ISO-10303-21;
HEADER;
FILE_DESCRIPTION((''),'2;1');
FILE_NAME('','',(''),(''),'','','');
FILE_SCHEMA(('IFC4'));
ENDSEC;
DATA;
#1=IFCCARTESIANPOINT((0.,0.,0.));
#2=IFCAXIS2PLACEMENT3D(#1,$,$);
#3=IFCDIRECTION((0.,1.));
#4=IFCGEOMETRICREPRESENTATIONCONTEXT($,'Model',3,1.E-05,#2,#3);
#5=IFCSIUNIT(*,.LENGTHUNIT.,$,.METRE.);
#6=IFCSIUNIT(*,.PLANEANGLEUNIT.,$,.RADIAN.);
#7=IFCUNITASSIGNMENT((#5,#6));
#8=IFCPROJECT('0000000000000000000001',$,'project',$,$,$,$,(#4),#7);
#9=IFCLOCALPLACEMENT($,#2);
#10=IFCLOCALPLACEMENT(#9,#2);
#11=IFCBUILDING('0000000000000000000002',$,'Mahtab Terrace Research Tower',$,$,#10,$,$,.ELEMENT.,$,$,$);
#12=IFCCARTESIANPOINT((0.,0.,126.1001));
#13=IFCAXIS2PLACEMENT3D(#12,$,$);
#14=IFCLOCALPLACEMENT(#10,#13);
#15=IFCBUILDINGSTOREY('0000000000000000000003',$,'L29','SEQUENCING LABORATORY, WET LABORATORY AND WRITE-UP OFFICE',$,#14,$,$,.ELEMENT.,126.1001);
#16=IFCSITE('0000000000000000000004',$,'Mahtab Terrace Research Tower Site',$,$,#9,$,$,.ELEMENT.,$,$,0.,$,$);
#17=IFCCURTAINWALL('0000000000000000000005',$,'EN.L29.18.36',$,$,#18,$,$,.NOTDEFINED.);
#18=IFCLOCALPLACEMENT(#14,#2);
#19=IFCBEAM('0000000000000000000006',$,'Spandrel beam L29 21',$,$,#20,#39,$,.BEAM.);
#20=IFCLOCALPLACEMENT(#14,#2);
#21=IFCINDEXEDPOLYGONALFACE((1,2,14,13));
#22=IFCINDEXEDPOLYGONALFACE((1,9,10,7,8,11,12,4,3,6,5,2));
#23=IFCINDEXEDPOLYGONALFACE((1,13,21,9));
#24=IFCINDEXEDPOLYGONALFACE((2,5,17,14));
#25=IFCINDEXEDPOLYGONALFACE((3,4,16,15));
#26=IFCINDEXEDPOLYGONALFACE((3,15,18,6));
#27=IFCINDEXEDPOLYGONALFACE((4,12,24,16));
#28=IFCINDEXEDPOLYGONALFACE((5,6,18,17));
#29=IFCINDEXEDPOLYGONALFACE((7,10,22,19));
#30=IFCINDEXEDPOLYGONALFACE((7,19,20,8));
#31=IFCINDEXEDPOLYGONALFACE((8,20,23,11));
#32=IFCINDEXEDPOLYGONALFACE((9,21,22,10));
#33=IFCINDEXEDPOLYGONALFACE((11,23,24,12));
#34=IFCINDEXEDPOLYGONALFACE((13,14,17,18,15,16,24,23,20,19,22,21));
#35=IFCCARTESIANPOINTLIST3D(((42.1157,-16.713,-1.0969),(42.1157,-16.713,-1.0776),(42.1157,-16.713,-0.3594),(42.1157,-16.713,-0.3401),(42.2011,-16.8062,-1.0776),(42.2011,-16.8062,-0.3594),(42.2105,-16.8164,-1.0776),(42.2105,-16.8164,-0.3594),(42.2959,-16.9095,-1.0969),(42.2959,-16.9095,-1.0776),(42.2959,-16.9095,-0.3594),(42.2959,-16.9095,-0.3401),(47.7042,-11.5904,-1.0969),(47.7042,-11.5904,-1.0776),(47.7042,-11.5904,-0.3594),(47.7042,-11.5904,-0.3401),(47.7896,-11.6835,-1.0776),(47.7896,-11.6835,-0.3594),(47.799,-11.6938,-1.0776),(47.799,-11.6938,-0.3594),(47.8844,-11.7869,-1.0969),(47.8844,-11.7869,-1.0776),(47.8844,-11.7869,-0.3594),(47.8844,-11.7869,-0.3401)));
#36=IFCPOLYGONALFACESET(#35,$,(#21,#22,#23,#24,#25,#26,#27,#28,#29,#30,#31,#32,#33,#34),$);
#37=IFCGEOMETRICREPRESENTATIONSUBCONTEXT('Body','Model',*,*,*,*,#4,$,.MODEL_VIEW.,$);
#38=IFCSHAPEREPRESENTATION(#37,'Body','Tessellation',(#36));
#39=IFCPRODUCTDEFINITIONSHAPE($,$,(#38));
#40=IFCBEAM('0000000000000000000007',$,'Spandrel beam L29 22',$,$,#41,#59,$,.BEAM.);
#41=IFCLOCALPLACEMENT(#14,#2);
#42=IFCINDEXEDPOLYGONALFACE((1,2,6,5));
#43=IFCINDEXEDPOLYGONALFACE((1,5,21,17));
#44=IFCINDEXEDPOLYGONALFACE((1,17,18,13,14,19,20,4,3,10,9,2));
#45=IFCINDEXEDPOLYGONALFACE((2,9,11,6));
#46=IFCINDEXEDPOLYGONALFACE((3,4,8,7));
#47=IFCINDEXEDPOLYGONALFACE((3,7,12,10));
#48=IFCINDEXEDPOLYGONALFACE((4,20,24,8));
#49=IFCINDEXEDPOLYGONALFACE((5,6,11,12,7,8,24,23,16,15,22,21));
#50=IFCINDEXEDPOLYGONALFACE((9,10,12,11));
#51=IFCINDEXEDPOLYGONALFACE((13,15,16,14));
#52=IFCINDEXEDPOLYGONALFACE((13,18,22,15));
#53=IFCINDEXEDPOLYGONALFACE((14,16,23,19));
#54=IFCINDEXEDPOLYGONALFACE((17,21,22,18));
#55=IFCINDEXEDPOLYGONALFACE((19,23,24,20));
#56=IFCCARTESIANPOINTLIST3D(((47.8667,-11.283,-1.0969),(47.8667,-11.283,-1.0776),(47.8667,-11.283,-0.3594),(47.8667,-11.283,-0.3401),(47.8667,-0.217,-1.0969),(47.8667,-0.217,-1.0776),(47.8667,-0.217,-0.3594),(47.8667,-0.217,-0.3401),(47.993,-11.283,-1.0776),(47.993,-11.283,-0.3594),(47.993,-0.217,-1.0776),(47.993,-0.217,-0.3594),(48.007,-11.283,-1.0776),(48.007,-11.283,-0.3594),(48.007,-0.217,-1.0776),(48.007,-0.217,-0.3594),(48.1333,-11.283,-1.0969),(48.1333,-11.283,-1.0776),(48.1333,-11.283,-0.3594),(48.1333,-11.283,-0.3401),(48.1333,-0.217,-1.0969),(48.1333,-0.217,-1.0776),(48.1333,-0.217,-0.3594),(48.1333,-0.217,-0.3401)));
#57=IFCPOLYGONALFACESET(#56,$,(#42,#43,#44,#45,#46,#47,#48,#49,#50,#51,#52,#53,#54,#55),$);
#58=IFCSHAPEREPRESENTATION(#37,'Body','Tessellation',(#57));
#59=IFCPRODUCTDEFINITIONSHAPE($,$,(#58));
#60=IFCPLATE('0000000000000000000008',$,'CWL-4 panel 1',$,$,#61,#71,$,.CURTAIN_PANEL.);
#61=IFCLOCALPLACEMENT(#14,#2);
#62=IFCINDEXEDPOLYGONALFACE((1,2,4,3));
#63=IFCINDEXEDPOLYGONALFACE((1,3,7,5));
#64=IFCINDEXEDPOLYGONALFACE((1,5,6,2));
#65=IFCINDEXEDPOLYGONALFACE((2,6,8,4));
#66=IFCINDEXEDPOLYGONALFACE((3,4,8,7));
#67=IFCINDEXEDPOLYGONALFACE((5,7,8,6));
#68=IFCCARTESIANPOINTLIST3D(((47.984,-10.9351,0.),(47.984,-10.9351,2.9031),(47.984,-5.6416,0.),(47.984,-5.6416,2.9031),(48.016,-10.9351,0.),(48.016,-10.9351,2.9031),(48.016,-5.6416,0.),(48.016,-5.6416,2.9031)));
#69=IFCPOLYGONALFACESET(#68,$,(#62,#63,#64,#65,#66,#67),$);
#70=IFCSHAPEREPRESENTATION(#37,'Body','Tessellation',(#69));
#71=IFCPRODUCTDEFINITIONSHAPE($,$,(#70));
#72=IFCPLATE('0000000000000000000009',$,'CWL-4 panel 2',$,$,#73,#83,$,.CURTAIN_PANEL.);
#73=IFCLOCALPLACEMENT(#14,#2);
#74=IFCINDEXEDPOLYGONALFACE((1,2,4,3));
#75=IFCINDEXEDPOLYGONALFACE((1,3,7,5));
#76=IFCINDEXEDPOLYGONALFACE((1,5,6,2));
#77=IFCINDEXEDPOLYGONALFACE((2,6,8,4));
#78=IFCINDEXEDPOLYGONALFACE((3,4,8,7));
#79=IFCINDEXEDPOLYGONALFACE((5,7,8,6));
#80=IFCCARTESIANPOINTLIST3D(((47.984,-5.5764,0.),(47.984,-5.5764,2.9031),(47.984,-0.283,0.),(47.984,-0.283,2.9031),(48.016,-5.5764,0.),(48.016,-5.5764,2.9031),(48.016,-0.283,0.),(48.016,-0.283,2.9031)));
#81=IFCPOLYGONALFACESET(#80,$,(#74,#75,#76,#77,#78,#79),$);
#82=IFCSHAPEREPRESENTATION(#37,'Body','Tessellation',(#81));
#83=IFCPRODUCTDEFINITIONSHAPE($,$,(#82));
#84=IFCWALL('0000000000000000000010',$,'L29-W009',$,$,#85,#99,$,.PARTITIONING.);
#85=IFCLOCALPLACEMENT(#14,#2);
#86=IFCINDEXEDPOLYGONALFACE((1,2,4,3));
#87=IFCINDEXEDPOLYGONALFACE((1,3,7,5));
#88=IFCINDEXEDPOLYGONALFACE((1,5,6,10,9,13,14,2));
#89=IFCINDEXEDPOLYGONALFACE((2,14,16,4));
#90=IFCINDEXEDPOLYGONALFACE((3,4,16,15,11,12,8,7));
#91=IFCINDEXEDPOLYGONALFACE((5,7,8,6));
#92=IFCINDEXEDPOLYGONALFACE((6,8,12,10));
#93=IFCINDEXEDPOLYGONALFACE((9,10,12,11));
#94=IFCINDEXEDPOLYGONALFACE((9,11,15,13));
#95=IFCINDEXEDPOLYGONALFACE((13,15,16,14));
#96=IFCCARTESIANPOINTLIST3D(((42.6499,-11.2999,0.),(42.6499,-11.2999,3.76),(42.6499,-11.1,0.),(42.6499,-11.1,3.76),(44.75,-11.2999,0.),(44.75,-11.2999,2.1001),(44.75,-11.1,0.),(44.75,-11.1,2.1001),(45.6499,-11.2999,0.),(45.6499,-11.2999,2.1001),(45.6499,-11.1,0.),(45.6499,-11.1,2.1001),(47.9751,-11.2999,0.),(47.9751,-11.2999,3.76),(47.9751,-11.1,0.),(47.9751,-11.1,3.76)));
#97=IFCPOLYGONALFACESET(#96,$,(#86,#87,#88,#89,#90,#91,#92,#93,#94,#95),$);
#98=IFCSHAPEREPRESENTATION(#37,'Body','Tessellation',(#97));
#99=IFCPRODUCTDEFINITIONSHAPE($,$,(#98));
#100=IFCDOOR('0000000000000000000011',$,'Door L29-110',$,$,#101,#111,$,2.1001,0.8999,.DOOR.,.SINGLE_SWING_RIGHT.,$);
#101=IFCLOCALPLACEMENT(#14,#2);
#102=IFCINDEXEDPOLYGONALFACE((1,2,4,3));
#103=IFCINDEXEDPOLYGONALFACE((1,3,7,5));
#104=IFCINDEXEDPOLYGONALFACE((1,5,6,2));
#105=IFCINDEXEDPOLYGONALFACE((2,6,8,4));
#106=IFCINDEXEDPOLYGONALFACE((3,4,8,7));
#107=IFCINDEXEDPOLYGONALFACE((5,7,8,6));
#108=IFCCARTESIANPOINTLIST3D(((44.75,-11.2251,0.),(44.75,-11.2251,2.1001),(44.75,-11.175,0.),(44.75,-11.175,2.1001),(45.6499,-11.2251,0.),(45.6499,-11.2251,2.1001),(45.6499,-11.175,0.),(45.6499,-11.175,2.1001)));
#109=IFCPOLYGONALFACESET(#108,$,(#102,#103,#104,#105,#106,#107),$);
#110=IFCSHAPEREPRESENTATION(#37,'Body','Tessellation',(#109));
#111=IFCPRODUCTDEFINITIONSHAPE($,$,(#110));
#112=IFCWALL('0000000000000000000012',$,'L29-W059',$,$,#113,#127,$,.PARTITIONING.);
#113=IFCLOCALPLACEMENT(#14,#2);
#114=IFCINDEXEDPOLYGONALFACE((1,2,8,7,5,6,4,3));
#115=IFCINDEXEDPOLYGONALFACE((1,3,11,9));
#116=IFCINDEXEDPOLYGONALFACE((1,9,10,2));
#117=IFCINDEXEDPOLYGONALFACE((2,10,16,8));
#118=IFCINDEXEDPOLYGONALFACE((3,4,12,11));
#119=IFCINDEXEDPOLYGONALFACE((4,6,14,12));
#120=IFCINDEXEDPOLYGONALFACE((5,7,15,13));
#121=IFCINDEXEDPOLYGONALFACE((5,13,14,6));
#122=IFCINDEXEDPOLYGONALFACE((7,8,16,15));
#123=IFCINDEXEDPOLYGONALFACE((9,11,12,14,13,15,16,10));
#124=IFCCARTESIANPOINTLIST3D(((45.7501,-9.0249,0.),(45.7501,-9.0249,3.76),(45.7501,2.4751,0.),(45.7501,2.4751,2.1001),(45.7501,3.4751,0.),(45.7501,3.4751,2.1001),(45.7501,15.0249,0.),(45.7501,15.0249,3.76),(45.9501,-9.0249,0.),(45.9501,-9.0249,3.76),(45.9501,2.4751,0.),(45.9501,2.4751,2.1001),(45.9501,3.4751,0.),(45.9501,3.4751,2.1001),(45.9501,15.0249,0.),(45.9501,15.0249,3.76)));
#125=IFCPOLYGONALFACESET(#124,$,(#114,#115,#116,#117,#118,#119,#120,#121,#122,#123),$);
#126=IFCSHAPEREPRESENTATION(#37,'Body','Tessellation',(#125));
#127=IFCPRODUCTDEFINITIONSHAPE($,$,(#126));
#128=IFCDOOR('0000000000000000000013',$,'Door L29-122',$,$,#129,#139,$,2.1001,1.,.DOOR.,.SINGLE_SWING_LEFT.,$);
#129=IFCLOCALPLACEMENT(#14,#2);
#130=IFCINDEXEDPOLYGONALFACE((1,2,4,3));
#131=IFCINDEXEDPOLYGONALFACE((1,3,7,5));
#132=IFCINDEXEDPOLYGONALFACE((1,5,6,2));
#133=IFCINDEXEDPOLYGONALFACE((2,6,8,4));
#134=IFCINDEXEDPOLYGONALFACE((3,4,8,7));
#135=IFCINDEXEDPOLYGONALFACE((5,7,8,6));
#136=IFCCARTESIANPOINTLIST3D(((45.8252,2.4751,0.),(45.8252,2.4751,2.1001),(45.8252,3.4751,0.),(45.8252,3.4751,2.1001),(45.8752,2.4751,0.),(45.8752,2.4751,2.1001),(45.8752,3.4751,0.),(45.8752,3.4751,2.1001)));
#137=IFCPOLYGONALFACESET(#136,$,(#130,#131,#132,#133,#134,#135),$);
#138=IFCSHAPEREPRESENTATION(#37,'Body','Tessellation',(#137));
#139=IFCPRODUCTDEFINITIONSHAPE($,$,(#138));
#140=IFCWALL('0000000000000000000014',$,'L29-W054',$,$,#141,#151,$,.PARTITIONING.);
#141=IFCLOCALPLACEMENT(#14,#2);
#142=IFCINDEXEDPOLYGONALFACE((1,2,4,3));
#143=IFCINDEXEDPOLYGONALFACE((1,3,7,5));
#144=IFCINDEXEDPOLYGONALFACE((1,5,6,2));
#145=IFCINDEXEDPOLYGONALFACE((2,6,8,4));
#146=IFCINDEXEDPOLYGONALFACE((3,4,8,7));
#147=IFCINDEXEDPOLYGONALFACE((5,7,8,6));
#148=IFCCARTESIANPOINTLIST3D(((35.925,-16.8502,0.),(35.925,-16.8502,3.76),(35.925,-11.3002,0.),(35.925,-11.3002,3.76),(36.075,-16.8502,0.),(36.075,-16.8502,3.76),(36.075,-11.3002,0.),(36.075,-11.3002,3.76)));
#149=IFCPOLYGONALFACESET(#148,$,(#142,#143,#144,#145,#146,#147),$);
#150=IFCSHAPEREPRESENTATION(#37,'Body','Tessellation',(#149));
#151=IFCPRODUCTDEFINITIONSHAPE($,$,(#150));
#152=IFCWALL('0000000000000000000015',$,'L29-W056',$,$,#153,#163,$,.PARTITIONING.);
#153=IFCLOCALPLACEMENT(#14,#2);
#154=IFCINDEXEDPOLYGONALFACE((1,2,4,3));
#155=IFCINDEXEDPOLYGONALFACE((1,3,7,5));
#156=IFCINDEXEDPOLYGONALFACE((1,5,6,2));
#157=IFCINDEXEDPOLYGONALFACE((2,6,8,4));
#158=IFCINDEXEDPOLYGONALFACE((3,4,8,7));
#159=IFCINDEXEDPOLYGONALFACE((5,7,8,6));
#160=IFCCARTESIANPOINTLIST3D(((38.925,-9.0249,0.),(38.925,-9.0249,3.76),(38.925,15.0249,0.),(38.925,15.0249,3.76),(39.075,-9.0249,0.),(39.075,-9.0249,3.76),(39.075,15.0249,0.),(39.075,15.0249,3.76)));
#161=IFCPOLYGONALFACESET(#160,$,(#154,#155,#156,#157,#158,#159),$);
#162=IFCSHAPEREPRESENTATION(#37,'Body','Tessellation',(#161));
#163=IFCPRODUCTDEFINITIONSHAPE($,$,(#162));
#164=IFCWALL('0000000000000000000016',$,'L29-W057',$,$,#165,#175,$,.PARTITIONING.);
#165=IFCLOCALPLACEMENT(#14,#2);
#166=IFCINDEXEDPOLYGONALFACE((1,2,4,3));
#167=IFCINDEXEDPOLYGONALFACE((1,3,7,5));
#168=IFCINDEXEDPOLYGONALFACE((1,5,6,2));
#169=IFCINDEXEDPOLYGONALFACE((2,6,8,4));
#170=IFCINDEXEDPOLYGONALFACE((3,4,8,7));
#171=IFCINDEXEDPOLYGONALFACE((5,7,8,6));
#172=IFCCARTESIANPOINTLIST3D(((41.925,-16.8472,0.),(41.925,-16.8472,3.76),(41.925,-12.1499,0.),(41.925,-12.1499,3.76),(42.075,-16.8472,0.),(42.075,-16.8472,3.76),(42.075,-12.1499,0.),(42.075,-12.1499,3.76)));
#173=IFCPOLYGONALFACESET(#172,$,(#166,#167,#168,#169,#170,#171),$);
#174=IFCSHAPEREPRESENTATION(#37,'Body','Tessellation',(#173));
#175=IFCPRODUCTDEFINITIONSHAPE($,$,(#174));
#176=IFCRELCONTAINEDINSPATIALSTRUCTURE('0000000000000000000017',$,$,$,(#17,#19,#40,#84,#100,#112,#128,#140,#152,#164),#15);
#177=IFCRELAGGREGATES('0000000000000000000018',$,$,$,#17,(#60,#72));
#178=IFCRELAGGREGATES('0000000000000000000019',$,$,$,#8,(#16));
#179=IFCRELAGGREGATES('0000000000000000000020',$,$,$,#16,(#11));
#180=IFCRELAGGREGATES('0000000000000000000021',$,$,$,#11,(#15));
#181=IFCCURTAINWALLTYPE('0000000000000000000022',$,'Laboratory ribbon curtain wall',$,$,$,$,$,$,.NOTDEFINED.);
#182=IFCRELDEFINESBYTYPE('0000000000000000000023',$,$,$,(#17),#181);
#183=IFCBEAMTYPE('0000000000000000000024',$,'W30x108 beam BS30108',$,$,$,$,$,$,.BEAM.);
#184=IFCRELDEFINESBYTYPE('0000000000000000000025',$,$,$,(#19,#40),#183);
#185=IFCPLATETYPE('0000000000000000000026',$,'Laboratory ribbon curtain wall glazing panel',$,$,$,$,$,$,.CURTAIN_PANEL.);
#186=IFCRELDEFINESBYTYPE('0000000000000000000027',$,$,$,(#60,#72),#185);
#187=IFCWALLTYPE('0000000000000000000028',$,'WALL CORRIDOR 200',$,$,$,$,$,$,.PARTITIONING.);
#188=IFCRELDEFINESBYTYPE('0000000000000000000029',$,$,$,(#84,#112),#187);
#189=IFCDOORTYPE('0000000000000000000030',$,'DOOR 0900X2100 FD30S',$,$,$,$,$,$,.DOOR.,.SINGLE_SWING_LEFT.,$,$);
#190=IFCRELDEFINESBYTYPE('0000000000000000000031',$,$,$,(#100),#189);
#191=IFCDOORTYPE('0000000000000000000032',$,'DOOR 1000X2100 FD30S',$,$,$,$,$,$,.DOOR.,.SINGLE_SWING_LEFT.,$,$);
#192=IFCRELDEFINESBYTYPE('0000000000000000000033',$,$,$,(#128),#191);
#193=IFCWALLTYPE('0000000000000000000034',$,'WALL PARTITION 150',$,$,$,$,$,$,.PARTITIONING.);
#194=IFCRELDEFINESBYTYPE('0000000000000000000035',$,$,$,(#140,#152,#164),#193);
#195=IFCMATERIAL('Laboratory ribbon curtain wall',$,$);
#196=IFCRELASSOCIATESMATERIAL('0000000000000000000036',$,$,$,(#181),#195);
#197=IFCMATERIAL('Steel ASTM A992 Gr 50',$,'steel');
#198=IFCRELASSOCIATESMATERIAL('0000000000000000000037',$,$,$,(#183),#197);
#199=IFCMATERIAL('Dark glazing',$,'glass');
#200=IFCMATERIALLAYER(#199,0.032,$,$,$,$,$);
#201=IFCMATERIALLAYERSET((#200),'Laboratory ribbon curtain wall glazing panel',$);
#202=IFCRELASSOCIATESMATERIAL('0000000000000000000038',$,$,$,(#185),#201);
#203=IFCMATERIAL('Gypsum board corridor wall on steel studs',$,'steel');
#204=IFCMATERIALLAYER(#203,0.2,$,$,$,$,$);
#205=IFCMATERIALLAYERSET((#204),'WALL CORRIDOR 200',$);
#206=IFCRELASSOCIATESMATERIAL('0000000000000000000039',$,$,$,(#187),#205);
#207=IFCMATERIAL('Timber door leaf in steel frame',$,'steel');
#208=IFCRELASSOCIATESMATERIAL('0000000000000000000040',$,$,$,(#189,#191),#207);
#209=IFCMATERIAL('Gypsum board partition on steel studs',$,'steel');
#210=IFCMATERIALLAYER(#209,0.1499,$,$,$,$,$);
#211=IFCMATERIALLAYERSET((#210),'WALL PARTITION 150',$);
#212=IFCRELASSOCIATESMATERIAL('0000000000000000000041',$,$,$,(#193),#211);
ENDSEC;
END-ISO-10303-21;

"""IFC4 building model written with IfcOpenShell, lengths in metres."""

from ifc_helpers import new_model, si_unit, direction, frame, frame_2d, origin, origin_2d, place, context, subcontext, project, spatial, rectangle, i_section, extrude, material, layer, layer_set, material_profile, profile_set, type_object, element, fill, aggregate, save


model = new_model("IFC4")

# Units and contexts
model_context = context("Model", 3, precision=1e-05, world=origin(), true_north=direction((0.0, 1.0)))
body_context = subcontext(model_context, "Body", "Model", "MODEL_VIEW")
ifc_project = project(units=[si_unit("LENGTHUNIT", "METRE"), si_unit("PLANEANGLEUNIT", "RADIAN")], contexts=[model_context])

# Site, building, storey
site_placement = place(None, origin())
site = spatial("IfcSite", under=ifc_project, at=site_placement, Name="Mahtab Terrace Research Tower Site", CompositionType="ELEMENT", RefElevation=0.0)
building_placement = place(site_placement, origin())
building = spatial("IfcBuilding", under=site, at=building_placement, Name="Mahtab Terrace Research Tower", CompositionType="ELEMENT")
storey_placement = place(building_placement, frame((0.0, 0.0, 126.1001)))
storey = spatial("IfcBuildingStorey", under=building, at=storey_placement, Name="L29", Description="SEQUENCING LABORATORY, WET LABORATORY AND WRITE-UP OFFICE", CompositionType="ELEMENT", Elevation=126.1001)

# Shared definitions
ifc_material_1 = material(Name="Steel ASTM A992 Gr 50", Category="steel")

# Curtain wall
ifc_material_2 = material(Name="Laboratory ribbon curtain wall")
curtain_wall_type = type_object("IfcCurtainWallType", Name="Laboratory ribbon curtain wall", PredefinedType="NOTDEFINED", material=ifc_material_2)
curtain_wall_placement = place(storey_placement, origin())
curtain_wall = element("IfcCurtainWall", 1, at=curtain_wall_placement, inside=storey, type_object=curtain_wall_type, Name="EN.L29.18.36", PredefinedType="NOTDEFINED")

# Beams
ifc_material_profile_1 = material_profile(ifc_material_1, i_section(OverallWidth=0.2666, OverallDepth=0.7568, WebThickness=0.0139, FlangeThickness=0.0193, at=origin_2d()), Name="W30X108")
ifc_profile_set_1 = profile_set([ifc_material_profile_1], Name="Steel ASTM A992 Gr 50")
beam_type = type_object("IfcBeamType", Name="W30x108 beam BS30108", PredefinedType="BEAM", material=ifc_profile_set_1)
beam_1_placement = place(storey_placement, frame((42.2058, -16.8113, -0.7185), z_axis=(0.737162, 0.675716, 0.0), x_axis=(-0.675716, 0.737162, 0.0)))
element("IfcBeam", 2, at=beam_1_placement, inside=storey, type_object=beam_type, Name="Spandrel beam L29 21", PredefinedType="BEAM", context=body_context, shape_type="SweptSolid", body=[
    extrude(i_section(OverallWidth=0.2666, OverallDepth=0.7568, WebThickness=0.0139, FlangeThickness=0.0193, at=origin_2d()), origin(), (0.0, 0.0, 1.0), 7.5811),
])
beam_2_placement = place(storey_placement, frame((48.0, -11.283, -0.7185), z_axis=(0.0, 1.0, 0.0), x_axis=(-1.0, 0.0, 0.0)))
element("IfcBeam", 3, at=beam_2_placement, inside=storey, type_object=beam_type, Name="Spandrel beam L29 22", PredefinedType="BEAM", context=body_context, shape_type="SweptSolid", body=[
    extrude(i_section(OverallWidth=0.2666, OverallDepth=0.7568, WebThickness=0.0139, FlangeThickness=0.0193, at=origin_2d()), origin(), (0.0, 0.0, 1.0), 11.0659),
])

# Plates
ifc_material_3 = material(Name="Dark glazing", Category="glass")
ifc_layer_1 = layer(ifc_material_3, 0.032)
ifc_layer_set_1 = layer_set([ifc_layer_1], Name="Laboratory ribbon curtain wall glazing panel")
plate_type = type_object("IfcPlateType", Name="Laboratory ribbon curtain wall glazing panel", PredefinedType="CURTAIN_PANEL", material=ifc_layer_set_1)
plate_1_placement = place(storey_placement, frame((48.0, -8.2883, 0.0), z_axis=(0.0, 0.0, 1.0), x_axis=(0.0, 1.0, 0.0)))
plate_1 = element("IfcPlate", 4, at=plate_1_placement, type_object=plate_type, Name="CWL-4 panel 1", PredefinedType="CURTAIN_PANEL", context=body_context, shape_type="SweptSolid", body=[
    extrude(rectangle(XDim=5.2935, YDim=0.032, at=origin_2d()), origin(), (0.0, 0.0, 1.0), 2.9031),
])
plate_2_placement = place(storey_placement, frame((48.0, -2.9297, 0.0), z_axis=(0.0, 0.0, 1.0), x_axis=(0.0, 1.0, 0.0)))
plate_2 = element("IfcPlate", 5, at=plate_2_placement, type_object=plate_type, Name="CWL-4 panel 2", PredefinedType="CURTAIN_PANEL", context=body_context, shape_type="SweptSolid", body=[
    extrude(rectangle(XDim=5.2935, YDim=0.032, at=origin_2d()), origin(), (0.0, 0.0, 1.0), 2.9031),
])
aggregate(curtain_wall, [plate_1, plate_2])

# Walls, openings, doors
ifc_material_4 = material(Name="Gypsum board corridor wall on steel studs", Category="steel")
ifc_layer_2 = layer(ifc_material_4, 0.2)
ifc_layer_set_2 = layer_set([ifc_layer_2], Name="WALL CORRIDOR 200")
wall_type_1 = type_object("IfcWallType", Name="WALL CORRIDOR 200", PredefinedType="PARTITIONING", material=ifc_layer_set_2)
wall_1_placement = place(storey_placement, frame((42.6499, -11.2, 0.0), z_axis=(0.0, 0.0, 1.0), x_axis=(1.0, 0.0, 0.0)))
wall_1 = element("IfcWall", 6, at=wall_1_placement, inside=storey, type_object=wall_type_1, Name="L29-W009", PredefinedType="PARTITIONING", context=body_context, shape_type="SweptSolid", body=[
    extrude(rectangle(XDim=5.3252, YDim=0.2, at=frame_2d((2.6626, 0.0))), origin(), (0.0, 0.0, 1.0), 3.76),
])
opening_1_placement = place(wall_1_placement, frame((2.1001, 0.0, 0.0)))
opening_1 = element("IfcOpeningElement", 7, at=opening_1_placement, cuts=wall_1, PredefinedType="OPENING", context=body_context, shape_type="SweptSolid", body=[
    extrude(rectangle(XDim=0.8999, YDim=2.1001, at=frame_2d((0.45, 1.05))), frame((0.0, 0.1099, 0.0), z_axis=(0.0, -1.0, 0.0), x_axis=(1.0, 0.0, 0.0)), (0.0, 0.0, 1.0), 0.22),
])
ifc_material_5 = material(Name="Timber door leaf in steel frame", Category="steel")
door_type_1 = type_object("IfcDoorType", Name="DOOR 0900X2100 FD30S", OperationType="SINGLE_SWING_LEFT", PredefinedType="DOOR", material=ifc_material_5)
door_1_placement = place(opening_1_placement, origin())
door_1 = element("IfcDoor", 8, at=door_1_placement, inside=storey, type_object=door_type_1, Name="Door L29-110", OperationType="SINGLE_SWING_RIGHT", OverallHeight=2.1001, OverallWidth=0.8999, PredefinedType="DOOR", context=body_context, shape_type="SweptSolid", body=[
    extrude(rectangle(XDim=0.8999, YDim=2.1001, at=frame_2d((0.45, 1.05))), frame((0.0, 0.0249, 0.0), z_axis=(0.0, -1.0, 0.0), x_axis=(1.0, 0.0, 0.0)), (0.0, 0.0, 1.0), 0.05),
])
fill(opening_1, door_1)
wall_2_placement = place(storey_placement, frame((45.8501, -9.0249, 0.0), z_axis=(0.0, 0.0, 1.0), x_axis=(0.0, 1.0, 0.0)))
wall_2 = element("IfcWall", 9, at=wall_2_placement, inside=storey, type_object=wall_type_1, Name="L29-W059", PredefinedType="PARTITIONING", context=body_context, shape_type="SweptSolid", body=[
    extrude(rectangle(XDim=24.0498, YDim=0.2, at=frame_2d((12.0249, 0.0))), origin(), (0.0, 0.0, 1.0), 3.76),
])
opening_2_placement = place(wall_2_placement, frame((11.5, 0.0, 0.0)))
opening_2 = element("IfcOpeningElement", 10, at=opening_2_placement, cuts=wall_2, PredefinedType="OPENING", context=body_context, shape_type="SweptSolid", body=[
    extrude(rectangle(XDim=1.0, YDim=2.1001, at=frame_2d((0.5, 1.05))), frame((0.0, 0.1099, 0.0), z_axis=(0.0, -1.0, 0.0), x_axis=(1.0, 0.0, 0.0)), (0.0, 0.0, 1.0), 0.22),
])
door_type_2 = type_object("IfcDoorType", Name="DOOR 1000X2100 FD30S", OperationType="SINGLE_SWING_LEFT", PredefinedType="DOOR", material=ifc_material_5)
door_2_placement = place(opening_2_placement, origin())
door_2 = element("IfcDoor", 11, at=door_2_placement, inside=storey, type_object=door_type_2, Name="Door L29-122", OperationType="SINGLE_SWING_LEFT", OverallHeight=2.1001, OverallWidth=1.0, PredefinedType="DOOR", context=body_context, shape_type="SweptSolid", body=[
    extrude(rectangle(XDim=1.0, YDim=2.1001, at=frame_2d((0.5, 1.05))), frame((0.0, 0.0249, 0.0), z_axis=(0.0, -1.0, 0.0), x_axis=(1.0, 0.0, 0.0)), (0.0, 0.0, 1.0), 0.05),
])
fill(opening_2, door_2)

# Walls
ifc_material_6 = material(Name="Gypsum board partition on steel studs", Category="steel")
ifc_layer_3 = layer(ifc_material_6, 0.1499)
ifc_layer_set_3 = layer_set([ifc_layer_3], Name="WALL PARTITION 150")
wall_type_2 = type_object("IfcWallType", Name="WALL PARTITION 150", PredefinedType="PARTITIONING", material=ifc_layer_set_3)
wall_3_placement = place(storey_placement, frame((36.0, -16.8501, 0.0), z_axis=(0.0, 0.0, 1.0), x_axis=(0.0, 1.0, 0.0)))
element("IfcWall", 12, at=wall_3_placement, inside=storey, type_object=wall_type_2, Name="L29-W054", PredefinedType="PARTITIONING", context=body_context, shape_type="SweptSolid", body=[
    extrude(rectangle(XDim=5.55, YDim=0.1499, at=frame_2d((2.7749, 0.0))), origin(), (0.0, 0.0, 1.0), 3.76),
])
wall_4_placement = place(storey_placement, frame((39.0, -9.0249, 0.0), z_axis=(0.0, 0.0, 1.0), x_axis=(0.0, 1.0, 0.0)))
element("IfcWall", 13, at=wall_4_placement, inside=storey, type_object=wall_type_2, Name="L29-W056", PredefinedType="PARTITIONING", context=body_context, shape_type="SweptSolid", body=[
    extrude(rectangle(XDim=24.0498, YDim=0.1499, at=frame_2d((12.0249, 0.0))), origin(), (0.0, 0.0, 1.0), 3.76),
])
wall_5_placement = place(storey_placement, frame((42.0, -16.8472, 0.0), z_axis=(0.0, 0.0, 1.0), x_axis=(0.0, 1.0, 0.0)))
element("IfcWall", 14, at=wall_5_placement, inside=storey, type_object=wall_type_2, Name="L29-W057", PredefinedType="PARTITIONING", context=body_context, shape_type="SweptSolid", body=[
    extrude(rectangle(XDim=4.6973, YDim=0.1499, at=frame_2d((2.3486, 0.0))), origin(), (0.0, 0.0, 1.0), 3.76),
])

save(model, "model.ifc")
